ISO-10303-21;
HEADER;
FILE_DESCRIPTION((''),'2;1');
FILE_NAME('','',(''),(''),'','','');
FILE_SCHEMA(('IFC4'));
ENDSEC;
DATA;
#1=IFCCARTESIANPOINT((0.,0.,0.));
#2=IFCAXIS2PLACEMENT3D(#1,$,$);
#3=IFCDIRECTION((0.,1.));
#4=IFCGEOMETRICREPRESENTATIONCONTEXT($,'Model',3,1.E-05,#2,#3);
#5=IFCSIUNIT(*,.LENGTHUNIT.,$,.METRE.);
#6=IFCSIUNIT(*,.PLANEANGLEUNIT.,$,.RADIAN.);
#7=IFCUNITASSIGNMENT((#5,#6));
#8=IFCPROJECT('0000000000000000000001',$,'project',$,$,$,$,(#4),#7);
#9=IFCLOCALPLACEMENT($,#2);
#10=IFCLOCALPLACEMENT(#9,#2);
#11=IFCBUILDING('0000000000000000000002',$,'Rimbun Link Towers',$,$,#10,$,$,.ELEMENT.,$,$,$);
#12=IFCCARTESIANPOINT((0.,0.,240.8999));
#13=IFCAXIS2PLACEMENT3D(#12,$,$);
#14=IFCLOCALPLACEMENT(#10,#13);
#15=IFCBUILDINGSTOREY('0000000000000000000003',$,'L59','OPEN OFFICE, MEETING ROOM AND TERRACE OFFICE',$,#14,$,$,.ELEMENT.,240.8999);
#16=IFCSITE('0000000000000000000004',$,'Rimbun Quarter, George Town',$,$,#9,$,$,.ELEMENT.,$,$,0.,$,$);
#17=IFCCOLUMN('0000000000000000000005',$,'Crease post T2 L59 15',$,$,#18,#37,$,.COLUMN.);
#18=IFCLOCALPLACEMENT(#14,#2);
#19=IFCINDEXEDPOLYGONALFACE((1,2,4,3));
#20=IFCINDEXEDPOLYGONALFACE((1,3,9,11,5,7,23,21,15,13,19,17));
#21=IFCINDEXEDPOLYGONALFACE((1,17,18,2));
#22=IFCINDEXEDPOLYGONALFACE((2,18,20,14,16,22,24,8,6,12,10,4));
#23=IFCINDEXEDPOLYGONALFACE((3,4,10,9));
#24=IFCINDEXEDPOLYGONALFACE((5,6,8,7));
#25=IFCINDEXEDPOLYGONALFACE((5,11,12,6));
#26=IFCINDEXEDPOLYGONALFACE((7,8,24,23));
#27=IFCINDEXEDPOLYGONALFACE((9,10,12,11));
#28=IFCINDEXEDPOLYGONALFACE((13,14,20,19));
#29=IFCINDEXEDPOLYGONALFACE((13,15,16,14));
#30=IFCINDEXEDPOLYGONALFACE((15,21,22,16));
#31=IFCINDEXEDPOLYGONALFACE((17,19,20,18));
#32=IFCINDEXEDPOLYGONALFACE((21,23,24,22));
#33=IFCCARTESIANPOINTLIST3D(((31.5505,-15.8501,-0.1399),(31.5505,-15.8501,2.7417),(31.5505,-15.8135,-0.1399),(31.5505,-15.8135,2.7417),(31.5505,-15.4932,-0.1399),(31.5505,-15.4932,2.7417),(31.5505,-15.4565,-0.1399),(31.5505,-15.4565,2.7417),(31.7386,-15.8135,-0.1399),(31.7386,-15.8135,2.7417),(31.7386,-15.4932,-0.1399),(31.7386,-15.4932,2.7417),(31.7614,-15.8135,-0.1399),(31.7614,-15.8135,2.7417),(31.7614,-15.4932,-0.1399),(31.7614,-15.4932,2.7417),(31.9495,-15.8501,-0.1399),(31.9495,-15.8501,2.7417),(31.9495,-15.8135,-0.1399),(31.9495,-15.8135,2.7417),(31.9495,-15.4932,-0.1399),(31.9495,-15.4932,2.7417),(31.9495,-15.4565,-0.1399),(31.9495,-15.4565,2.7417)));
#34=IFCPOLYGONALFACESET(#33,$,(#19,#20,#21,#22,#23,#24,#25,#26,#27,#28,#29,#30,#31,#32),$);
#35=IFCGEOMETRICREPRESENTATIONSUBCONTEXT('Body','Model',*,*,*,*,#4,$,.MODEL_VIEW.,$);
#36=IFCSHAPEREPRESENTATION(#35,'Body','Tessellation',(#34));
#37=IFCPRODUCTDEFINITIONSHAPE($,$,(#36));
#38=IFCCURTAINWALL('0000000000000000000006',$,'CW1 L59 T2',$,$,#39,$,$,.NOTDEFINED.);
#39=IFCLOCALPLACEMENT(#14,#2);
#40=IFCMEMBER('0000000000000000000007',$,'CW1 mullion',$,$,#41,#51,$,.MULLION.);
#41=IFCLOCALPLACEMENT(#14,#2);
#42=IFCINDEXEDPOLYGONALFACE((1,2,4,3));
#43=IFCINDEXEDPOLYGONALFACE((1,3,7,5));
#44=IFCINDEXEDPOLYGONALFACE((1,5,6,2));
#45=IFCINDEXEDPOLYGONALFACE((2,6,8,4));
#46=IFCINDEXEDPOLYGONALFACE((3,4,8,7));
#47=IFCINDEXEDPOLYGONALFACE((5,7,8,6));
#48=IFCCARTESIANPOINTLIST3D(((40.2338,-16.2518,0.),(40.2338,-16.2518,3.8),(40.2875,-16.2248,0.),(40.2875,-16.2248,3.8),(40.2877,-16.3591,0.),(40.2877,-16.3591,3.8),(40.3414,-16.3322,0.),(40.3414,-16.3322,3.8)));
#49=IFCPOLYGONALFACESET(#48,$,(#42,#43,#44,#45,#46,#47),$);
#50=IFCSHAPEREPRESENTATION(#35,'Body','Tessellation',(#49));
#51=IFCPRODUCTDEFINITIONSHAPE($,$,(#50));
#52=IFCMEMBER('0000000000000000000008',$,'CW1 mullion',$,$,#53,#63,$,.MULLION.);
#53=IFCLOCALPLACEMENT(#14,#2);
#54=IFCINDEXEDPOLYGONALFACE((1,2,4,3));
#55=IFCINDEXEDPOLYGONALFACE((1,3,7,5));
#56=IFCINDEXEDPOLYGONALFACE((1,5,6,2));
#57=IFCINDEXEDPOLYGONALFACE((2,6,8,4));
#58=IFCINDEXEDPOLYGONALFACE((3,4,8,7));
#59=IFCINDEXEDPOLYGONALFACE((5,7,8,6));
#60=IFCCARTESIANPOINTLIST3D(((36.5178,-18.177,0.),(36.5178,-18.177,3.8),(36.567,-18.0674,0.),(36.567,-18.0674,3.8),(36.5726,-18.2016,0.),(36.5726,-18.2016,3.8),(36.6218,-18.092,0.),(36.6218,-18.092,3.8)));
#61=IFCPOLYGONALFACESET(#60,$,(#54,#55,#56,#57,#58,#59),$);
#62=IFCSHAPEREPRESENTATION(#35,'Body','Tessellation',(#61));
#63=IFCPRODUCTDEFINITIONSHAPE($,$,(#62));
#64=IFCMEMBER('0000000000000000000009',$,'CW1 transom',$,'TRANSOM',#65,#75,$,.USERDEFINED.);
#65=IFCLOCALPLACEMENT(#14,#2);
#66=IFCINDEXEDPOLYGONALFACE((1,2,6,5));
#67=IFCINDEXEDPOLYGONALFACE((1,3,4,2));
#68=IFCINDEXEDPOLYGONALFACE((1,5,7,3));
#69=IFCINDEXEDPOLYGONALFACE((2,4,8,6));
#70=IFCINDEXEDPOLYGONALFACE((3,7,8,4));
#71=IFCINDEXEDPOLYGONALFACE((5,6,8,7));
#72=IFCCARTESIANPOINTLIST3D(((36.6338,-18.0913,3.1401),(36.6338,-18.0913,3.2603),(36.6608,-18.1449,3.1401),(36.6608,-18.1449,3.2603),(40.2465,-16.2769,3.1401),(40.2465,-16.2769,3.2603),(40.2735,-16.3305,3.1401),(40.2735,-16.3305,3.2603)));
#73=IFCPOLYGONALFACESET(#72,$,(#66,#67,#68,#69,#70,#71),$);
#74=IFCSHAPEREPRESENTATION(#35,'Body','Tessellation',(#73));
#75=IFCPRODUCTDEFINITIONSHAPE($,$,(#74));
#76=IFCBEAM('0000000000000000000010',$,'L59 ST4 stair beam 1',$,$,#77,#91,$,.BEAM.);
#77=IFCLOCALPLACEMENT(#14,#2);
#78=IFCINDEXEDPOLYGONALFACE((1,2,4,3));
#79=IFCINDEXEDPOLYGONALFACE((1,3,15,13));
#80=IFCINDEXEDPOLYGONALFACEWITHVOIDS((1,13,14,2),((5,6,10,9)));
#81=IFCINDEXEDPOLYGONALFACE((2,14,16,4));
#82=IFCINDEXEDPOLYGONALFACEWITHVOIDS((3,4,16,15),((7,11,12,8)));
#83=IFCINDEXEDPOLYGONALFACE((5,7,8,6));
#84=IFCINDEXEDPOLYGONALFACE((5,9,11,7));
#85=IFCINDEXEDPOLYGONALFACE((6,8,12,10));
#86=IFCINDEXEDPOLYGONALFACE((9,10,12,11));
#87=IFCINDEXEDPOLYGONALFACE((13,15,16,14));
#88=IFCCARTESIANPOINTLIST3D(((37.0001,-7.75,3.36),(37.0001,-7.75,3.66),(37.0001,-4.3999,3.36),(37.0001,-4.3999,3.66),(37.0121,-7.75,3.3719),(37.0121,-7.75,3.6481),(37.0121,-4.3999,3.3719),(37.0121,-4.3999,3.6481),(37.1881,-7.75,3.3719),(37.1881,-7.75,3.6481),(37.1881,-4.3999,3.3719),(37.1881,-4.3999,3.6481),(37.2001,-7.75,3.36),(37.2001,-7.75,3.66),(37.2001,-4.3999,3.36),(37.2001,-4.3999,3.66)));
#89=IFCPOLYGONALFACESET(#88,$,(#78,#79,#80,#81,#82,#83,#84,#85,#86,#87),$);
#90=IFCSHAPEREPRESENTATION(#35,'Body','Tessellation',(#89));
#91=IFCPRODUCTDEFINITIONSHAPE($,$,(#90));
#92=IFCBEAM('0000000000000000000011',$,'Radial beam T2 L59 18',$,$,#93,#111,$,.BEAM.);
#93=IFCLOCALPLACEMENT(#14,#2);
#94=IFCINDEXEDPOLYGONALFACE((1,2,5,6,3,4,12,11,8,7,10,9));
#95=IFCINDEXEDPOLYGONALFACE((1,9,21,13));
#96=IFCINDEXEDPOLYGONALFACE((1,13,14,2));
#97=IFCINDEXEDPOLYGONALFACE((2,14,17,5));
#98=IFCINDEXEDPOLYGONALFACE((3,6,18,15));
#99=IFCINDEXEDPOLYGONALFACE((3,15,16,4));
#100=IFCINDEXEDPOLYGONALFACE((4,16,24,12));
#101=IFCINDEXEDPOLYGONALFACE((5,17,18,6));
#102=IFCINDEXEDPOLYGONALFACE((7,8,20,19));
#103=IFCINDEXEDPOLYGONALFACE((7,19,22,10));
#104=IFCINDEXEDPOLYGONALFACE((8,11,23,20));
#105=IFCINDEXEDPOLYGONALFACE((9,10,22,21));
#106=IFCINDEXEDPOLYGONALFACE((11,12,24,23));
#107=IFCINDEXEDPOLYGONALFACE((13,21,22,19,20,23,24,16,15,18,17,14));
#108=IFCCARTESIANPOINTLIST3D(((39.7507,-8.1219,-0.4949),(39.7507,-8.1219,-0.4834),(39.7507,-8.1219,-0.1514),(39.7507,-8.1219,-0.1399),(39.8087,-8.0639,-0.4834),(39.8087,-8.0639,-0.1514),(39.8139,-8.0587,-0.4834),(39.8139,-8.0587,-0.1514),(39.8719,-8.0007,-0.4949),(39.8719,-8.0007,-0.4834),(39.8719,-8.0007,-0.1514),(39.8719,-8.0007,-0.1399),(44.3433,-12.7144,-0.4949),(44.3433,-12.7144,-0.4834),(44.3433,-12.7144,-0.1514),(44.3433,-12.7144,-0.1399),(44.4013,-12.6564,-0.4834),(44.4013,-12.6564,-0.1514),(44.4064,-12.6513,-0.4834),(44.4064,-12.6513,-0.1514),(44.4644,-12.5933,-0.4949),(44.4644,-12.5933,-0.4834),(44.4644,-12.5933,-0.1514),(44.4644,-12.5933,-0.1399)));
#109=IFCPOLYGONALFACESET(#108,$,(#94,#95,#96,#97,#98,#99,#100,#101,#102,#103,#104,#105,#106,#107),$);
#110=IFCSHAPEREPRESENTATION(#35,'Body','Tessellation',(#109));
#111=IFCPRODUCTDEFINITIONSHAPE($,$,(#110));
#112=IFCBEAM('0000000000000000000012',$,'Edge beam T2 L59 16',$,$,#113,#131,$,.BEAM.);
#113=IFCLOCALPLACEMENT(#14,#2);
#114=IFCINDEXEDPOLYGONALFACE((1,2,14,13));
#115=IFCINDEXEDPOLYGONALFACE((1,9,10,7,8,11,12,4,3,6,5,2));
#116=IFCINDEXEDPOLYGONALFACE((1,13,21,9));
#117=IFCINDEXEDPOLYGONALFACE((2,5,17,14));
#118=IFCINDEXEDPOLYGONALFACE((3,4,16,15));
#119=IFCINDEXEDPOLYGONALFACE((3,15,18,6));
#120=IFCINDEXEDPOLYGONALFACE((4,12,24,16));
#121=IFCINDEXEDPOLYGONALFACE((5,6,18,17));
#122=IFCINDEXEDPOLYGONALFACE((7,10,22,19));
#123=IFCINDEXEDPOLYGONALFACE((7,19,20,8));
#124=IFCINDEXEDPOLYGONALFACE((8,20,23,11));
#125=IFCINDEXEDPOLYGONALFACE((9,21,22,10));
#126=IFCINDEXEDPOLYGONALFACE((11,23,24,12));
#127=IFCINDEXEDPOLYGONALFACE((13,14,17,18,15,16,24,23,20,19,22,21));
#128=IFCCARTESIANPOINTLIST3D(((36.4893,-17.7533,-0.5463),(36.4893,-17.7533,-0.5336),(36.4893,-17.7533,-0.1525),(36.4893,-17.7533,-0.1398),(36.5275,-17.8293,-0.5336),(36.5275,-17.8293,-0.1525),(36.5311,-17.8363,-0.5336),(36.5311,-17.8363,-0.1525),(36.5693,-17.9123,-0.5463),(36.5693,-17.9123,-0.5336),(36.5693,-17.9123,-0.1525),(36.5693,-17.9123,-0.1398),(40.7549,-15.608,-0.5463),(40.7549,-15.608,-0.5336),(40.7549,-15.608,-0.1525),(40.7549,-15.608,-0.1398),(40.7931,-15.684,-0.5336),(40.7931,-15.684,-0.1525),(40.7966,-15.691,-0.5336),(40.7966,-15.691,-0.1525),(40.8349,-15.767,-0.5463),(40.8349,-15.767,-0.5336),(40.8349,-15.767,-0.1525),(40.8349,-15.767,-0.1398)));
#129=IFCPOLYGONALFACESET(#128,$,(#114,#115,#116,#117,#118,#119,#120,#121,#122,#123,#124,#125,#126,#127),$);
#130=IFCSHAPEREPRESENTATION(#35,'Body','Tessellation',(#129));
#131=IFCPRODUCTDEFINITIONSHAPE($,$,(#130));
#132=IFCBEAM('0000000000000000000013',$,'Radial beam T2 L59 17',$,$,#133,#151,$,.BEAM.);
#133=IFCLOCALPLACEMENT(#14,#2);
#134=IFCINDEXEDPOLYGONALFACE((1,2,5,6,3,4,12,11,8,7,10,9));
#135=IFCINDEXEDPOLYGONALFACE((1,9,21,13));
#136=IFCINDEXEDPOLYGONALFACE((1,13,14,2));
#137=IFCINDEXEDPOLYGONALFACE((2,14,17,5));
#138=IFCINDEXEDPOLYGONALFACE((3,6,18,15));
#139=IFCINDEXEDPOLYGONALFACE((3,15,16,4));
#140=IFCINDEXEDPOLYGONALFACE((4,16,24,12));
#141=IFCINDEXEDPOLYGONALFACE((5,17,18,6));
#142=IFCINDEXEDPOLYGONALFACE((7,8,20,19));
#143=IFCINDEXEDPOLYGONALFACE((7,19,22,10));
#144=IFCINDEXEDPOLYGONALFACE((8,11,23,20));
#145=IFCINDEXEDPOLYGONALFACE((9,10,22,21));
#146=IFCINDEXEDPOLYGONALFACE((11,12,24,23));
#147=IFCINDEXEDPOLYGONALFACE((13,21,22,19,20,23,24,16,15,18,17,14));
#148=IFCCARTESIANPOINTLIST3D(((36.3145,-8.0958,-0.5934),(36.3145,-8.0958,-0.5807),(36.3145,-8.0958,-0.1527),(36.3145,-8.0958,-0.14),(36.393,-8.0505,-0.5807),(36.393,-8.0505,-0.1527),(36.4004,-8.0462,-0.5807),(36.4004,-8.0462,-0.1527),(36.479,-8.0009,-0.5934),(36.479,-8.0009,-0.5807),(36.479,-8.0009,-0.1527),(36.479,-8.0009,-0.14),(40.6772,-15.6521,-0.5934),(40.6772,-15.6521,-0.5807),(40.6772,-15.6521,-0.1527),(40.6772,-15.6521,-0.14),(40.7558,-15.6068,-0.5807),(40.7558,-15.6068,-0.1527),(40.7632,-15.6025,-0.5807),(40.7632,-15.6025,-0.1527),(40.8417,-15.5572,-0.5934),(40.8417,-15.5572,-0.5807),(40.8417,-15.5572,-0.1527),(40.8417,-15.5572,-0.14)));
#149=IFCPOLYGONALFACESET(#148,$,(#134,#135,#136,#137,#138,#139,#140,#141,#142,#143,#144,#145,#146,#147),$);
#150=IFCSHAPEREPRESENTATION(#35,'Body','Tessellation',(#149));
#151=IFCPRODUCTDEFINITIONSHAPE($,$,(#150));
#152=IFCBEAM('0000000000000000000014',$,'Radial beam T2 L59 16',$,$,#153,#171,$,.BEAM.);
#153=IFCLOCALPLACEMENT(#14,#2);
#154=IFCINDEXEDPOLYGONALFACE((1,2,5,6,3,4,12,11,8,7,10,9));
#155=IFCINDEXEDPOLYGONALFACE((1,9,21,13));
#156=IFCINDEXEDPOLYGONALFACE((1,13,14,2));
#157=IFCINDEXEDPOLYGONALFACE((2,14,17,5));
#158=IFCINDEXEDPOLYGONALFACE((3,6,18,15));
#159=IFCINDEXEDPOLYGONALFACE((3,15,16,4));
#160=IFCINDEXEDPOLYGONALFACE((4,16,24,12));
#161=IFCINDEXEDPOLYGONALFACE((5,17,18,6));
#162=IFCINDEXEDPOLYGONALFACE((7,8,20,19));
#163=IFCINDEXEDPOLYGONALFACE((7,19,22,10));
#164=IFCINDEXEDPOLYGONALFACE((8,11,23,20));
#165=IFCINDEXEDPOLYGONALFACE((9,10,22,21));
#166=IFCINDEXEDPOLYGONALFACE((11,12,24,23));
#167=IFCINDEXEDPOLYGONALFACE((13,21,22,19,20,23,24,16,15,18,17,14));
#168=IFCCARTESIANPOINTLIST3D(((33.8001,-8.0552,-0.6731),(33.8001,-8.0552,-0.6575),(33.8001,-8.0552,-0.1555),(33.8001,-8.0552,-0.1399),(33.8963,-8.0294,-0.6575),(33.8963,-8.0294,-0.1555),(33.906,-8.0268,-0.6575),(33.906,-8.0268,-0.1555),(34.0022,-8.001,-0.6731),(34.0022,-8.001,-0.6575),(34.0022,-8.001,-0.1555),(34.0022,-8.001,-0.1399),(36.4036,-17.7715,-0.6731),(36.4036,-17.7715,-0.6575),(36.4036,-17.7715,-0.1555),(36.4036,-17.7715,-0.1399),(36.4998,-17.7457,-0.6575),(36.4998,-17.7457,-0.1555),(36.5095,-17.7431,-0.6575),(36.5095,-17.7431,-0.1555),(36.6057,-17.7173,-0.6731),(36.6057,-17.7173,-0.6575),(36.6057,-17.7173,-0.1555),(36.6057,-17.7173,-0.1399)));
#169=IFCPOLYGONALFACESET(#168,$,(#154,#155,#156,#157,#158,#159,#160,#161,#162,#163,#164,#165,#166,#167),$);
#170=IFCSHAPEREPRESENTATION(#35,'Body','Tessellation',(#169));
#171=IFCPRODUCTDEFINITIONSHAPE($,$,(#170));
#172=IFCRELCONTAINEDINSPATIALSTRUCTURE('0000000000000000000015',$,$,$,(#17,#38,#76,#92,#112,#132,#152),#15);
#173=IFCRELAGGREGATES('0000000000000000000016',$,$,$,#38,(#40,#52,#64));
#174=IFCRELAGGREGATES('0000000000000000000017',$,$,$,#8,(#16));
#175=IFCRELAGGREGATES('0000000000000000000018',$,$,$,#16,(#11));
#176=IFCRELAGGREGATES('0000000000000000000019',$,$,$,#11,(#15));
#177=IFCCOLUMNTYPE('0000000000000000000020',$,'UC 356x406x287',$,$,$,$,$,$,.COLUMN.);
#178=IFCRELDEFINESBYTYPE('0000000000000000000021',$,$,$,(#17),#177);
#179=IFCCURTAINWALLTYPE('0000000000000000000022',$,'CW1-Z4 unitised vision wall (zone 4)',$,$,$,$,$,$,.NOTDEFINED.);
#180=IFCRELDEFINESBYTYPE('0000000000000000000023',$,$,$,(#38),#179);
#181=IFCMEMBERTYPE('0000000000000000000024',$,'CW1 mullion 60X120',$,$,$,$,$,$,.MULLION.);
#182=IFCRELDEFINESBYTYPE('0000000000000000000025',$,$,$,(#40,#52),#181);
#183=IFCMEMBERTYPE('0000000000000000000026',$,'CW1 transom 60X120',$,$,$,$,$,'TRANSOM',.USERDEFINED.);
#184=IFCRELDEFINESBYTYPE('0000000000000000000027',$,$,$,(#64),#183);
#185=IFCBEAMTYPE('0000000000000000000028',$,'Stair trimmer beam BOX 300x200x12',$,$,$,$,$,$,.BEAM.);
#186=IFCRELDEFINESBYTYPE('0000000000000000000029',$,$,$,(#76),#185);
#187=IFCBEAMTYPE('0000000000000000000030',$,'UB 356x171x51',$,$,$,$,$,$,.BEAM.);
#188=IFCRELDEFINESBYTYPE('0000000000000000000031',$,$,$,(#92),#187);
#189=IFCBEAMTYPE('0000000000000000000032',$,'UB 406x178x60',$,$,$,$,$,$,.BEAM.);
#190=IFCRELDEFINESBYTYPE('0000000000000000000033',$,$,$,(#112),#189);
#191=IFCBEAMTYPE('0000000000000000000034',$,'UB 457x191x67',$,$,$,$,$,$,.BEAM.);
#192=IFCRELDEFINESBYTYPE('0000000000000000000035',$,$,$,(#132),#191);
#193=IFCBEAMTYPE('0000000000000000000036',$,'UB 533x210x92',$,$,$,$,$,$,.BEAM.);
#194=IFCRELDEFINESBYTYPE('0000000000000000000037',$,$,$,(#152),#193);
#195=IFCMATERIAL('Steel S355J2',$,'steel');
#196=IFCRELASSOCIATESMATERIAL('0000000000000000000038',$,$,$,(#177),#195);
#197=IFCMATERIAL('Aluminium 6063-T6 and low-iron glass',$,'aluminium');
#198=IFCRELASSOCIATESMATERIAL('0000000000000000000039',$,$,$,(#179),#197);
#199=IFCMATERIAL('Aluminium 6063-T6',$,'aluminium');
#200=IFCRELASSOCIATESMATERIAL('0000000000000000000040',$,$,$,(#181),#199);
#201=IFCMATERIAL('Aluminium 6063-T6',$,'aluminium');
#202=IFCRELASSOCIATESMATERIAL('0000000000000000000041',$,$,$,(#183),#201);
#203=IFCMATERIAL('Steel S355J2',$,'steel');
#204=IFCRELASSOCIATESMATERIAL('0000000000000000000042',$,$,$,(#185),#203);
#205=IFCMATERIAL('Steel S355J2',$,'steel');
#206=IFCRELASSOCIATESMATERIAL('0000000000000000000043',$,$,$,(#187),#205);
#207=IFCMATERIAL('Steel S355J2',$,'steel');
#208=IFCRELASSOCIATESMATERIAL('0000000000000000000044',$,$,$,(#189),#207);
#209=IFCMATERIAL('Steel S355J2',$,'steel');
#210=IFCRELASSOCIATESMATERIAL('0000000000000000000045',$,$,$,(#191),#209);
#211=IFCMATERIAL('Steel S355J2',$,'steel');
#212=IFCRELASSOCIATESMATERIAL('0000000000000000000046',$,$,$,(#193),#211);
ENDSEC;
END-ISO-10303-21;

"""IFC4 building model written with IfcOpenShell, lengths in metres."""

from ifc_helpers import new_model, si_unit, direction, frame, origin, origin_2d, place, context, subcontext, project, spatial, rectangle, hollow_rectangle, i_section, extrude, material, material_profile, profile_set, type_object, element, aggregate, save


model = new_model("IFC4")

# Units and contexts
model_context = context("Model", 3, precision=1e-05, world=origin(), true_north=direction((0.0, 1.0)))
body_context = subcontext(model_context, "Body", "Model", "MODEL_VIEW")
ifc_project = project(units=[si_unit("LENGTHUNIT", "METRE"), si_unit("PLANEANGLEUNIT", "RADIAN")], contexts=[model_context])

# Site, building, storey
site_placement = place(None, origin())
site = spatial("IfcSite", under=ifc_project, at=site_placement, Name="Rimbun Quarter, George Town", CompositionType="ELEMENT", RefElevation=0.0)
building_placement = place(site_placement, origin())
building = spatial("IfcBuilding", under=site, at=building_placement, Name="Rimbun Link Towers", CompositionType="ELEMENT")
storey_placement = place(building_placement, frame((0.0, 0.0, 240.8999)))
storey = spatial("IfcBuildingStorey", under=building, at=storey_placement, Name="L59", Description="OPEN OFFICE, MEETING ROOM AND TERRACE OFFICE", CompositionType="ELEMENT", Elevation=240.8999)

# Column
ifc_material_1 = material(Name="Steel S355J2", Category="steel")
ifc_material_profile_1 = material_profile(ifc_material_1, i_section(OverallWidth=0.3989, OverallDepth=0.3936, WebThickness=0.0227, FlangeThickness=0.0366, at=origin_2d()), Name="UC 356x406x287")
ifc_profile_set_1 = profile_set([ifc_material_profile_1], Name="Steel S355J2")
column_type = type_object("IfcColumnType", Name="UC 356x406x287", PredefinedType="COLUMN", material=ifc_profile_set_1)
column_placement = place(storey_placement, frame((31.75, -15.6533, -0.1399), z_axis=(0.0, 0.0, 1.0), x_axis=(1.0, 0.0, 0.0)))
element("IfcColumn", 1, at=column_placement, inside=storey, type_object=column_type, Name="Crease post T2 L59 15", PredefinedType="COLUMN", context=body_context, shape_type="SweptSolid", body=[
    extrude(i_section(OverallWidth=0.3989, OverallDepth=0.3936, WebThickness=0.0227, FlangeThickness=0.0366, at=origin_2d()), origin(), (0.0, 0.0, 1.0), 2.8816),
])

# Curtain wall, members
ifc_material_2 = material(Name="Aluminium 6063-T6 and low-iron glass", Category="aluminium")
curtain_wall_type = type_object("IfcCurtainWallType", Name="CW1-Z4 unitised vision wall (zone 4)", PredefinedType="NOTDEFINED", material=ifc_material_2)
curtain_wall_placement = place(storey_placement, origin())
curtain_wall = element("IfcCurtainWall", 2, at=curtain_wall_placement, inside=storey, type_object=curtain_wall_type, Name="CW1 L59 T2", PredefinedType="NOTDEFINED")
ifc_material_3 = material(Name="Aluminium 6063-T6", Category="aluminium")
ifc_material_profile_2 = material_profile(ifc_material_3, rectangle(XDim=0.1201, YDim=0.0601, at=origin_2d()), Name="MULLION 60X120")
ifc_profile_set_2 = profile_set([ifc_material_profile_2], Name="Aluminium 6063-T6")
member_type_1 = type_object("IfcMemberType", Name="CW1 mullion 60X120", PredefinedType="MULLION", material=ifc_profile_set_2)
member_1_placement = place(storey_placement, frame((40.2876, -16.292, 0.0), z_axis=(0.0, 0.0, 1.0), x_axis=(0.448779, -0.893643, 0.0)))
member_1 = element("IfcMember", 3, at=member_1_placement, type_object=member_type_1, Name="CW1 mullion", PredefinedType="MULLION", context=body_context, shape_type="SweptSolid", body=[
    extrude(rectangle(XDim=0.1201, YDim=0.0601, at=origin_2d()), origin(), (0.0, 0.0, 1.0), 3.8),
])
member_2_placement = place(storey_placement, frame((36.5698, -18.1345, 0.0), z_axis=(0.0, 0.0, 1.0), x_axis=(-0.40941, -0.91235, 0.0)))
member_2 = element("IfcMember", 4, at=member_2_placement, type_object=member_type_1, Name="CW1 mullion", PredefinedType="MULLION", context=body_context, shape_type="SweptSolid", body=[
    extrude(rectangle(XDim=0.1201, YDim=0.0601, at=origin_2d()), origin(), (0.0, 0.0, 1.0), 3.8),
])
ifc_material_4 = material(Name="Aluminium 6063-T6", Category="aluminium")
ifc_material_profile_3 = material_profile(ifc_material_4, rectangle(XDim=0.0601, YDim=0.1201, at=origin_2d()), Name="TRANSOM 60X120")
ifc_profile_set_3 = profile_set([ifc_material_profile_3], Name="Aluminium 6063-T6")
member_type_2 = type_object("IfcMemberType", Name="CW1 transom 60X120", ElementType="TRANSOM", PredefinedType="USERDEFINED", material=ifc_profile_set_3)
member_3_placement = place(storey_placement, frame((40.26, -16.3037, 3.2002), z_axis=(-0.893629, -0.448807, 0.0), x_axis=(0.448807, -0.893629, 0.0)))
member_3 = element("IfcMember", 5, at=member_3_placement, type_object=member_type_2, Name="CW1 transom", ObjectType="TRANSOM", PredefinedType="USERDEFINED", context=body_context, shape_type="SweptSolid", body=[
    extrude(rectangle(XDim=0.0601, YDim=0.1201, at=origin_2d()), origin(), (0.0, 0.0, 1.0), 4.0427),
])

# Beams
ifc_material_5 = material(Name="Steel S355J2", Category="steel")
ifc_material_profile_4 = material_profile(ifc_material_5, hollow_rectangle(XDim=0.2, YDim=0.3, WallThickness=0.012, at=origin_2d()), Name="BOX 300x200x12")
ifc_profile_set_4 = profile_set([ifc_material_profile_4], Name="Steel S355J2")
beam_type_1 = type_object("IfcBeamType", Name="Stair trimmer beam BOX 300x200x12", PredefinedType="BEAM", material=ifc_profile_set_4)
beam_1_placement = place(storey_placement, frame((37.1001, -7.75, 3.51), z_axis=(0.0, 1.0, 0.0), x_axis=(-1.0, 0.0, 0.0)))
element("IfcBeam", 6, at=beam_1_placement, inside=storey, type_object=beam_type_1, Name="L59 ST4 stair beam 1", PredefinedType="BEAM", context=body_context, shape_type="SweptSolid", body=[
    extrude(hollow_rectangle(XDim=0.2, YDim=0.3, WallThickness=0.012, at=origin_2d()), origin(), (0.0, 0.0, 1.0), 3.3501),
])
ifc_material_6 = material(Name="Steel S355J2", Category="steel")
ifc_material_profile_5 = material_profile(ifc_material_6, i_section(OverallWidth=0.1714, OverallDepth=0.355, WebThickness=0.0073, FlangeThickness=0.0115, at=origin_2d()), Name="UB 356x171x51")
ifc_profile_set_5 = profile_set([ifc_material_profile_5], Name="Steel S355J2")
beam_type_2 = type_object("IfcBeamType", Name="UB 356x171x51", PredefinedType="BEAM", material=ifc_profile_set_5)
beam_2_placement = place(storey_placement, frame((39.8113, -8.0613, -0.3174), z_axis=(0.707107, -0.707107, 0.0), x_axis=(0.707107, 0.707107, 0.0)))
element("IfcBeam", 7, at=beam_2_placement, inside=storey, type_object=beam_type_2, Name="Radial beam T2 L59 18", PredefinedType="BEAM", context=body_context, shape_type="SweptSolid", body=[
    extrude(i_section(OverallWidth=0.1714, OverallDepth=0.355, WebThickness=0.0073, FlangeThickness=0.0115, at=origin_2d()), origin(), (0.0, 0.0, 1.0), 6.4949),
])
ifc_material_7 = material(Name="Steel S355J2", Category="steel")
ifc_material_profile_6 = material_profile(ifc_material_7, i_section(OverallWidth=0.178, OverallDepth=0.4065, WebThickness=0.0078, FlangeThickness=0.0127, at=origin_2d()), Name="UB 406x178x60")
ifc_profile_set_6 = profile_set([ifc_material_profile_6], Name="Steel S355J2")
beam_type_3 = type_object("IfcBeamType", Name="UB 406x178x60", PredefinedType="BEAM", material=ifc_profile_set_6)
beam_3_placement = place(storey_placement, frame((36.5293, -17.8328, -0.343), z_axis=(0.893382, 0.449299, 0.0), x_axis=(-0.449299, 0.893382, 0.0)))
element("IfcBeam", 8, at=beam_3_placement, inside=storey, type_object=beam_type_3, Name="Edge beam T2 L59 16", PredefinedType="BEAM", context=body_context, shape_type="SweptSolid", body=[
    extrude(i_section(OverallWidth=0.178, OverallDepth=0.4065, WebThickness=0.0078, FlangeThickness=0.0127, at=origin_2d()), origin(), (0.0, 0.0, 1.0), 4.7747),
])
ifc_material_8 = material(Name="Steel S355J2", Category="steel")
ifc_material_profile_7 = material_profile(ifc_material_8, i_section(OverallWidth=0.1899, OverallDepth=0.4534, WebThickness=0.0085, FlangeThickness=0.0127, at=origin_2d()), Name="UB 457x191x67")
ifc_profile_set_7 = profile_set([ifc_material_profile_7], Name="Steel S355J2")
beam_type_4 = type_object("IfcBeamType", Name="UB 457x191x67", PredefinedType="BEAM", material=ifc_profile_set_7)
beam_4_placement = place(storey_placement, frame((36.3967, -8.0483, -0.3667), z_axis=(0.500009, -0.86602, 0.0), x_axis=(0.86602, 0.500009, 0.0)))
element("IfcBeam", 9, at=beam_4_placement, inside=storey, type_object=beam_type_4, Name="Radial beam T2 L59 17", PredefinedType="BEAM", context=body_context, shape_type="SweptSolid", body=[
    extrude(i_section(OverallWidth=0.1899, OverallDepth=0.4534, WebThickness=0.0085, FlangeThickness=0.0127, at=origin_2d()), origin(), (0.0, 0.0, 1.0), 8.7253),
])
ifc_material_9 = material(Name="Steel S355J2", Category="steel")
ifc_material_profile_8 = material_profile(ifc_material_9, i_section(OverallWidth=0.2092, OverallDepth=0.5332, WebThickness=0.01, FlangeThickness=0.0156, at=origin_2d()), Name="UB 533x210x92")
ifc_profile_set_8 = profile_set([ifc_material_profile_8], Name="Steel S355J2")
beam_type_5 = type_object("IfcBeamType", Name="UB 533x210x92", PredefinedType="BEAM", material=ifc_profile_set_8)
beam_5_placement = place(storey_placement, frame((33.9011, -8.0281, -0.4065), z_axis=(0.258823, -0.965925, 0.0), x_axis=(0.965925, 0.258823, 0.0)))
element("IfcBeam", 10, at=beam_5_placement, inside=storey, type_object=beam_type_5, Name="Radial beam T2 L59 16", PredefinedType="BEAM", context=body_context, shape_type="SweptSolid", body=[
    extrude(i_section(OverallWidth=0.2092, OverallDepth=0.5332, WebThickness=0.01, FlangeThickness=0.0156, at=origin_2d()), origin(), (0.0, 0.0, 1.0), 10.0591),
])

aggregate(curtain_wall, [member_1, member_2, member_3])

save(model, "model.ifc")
